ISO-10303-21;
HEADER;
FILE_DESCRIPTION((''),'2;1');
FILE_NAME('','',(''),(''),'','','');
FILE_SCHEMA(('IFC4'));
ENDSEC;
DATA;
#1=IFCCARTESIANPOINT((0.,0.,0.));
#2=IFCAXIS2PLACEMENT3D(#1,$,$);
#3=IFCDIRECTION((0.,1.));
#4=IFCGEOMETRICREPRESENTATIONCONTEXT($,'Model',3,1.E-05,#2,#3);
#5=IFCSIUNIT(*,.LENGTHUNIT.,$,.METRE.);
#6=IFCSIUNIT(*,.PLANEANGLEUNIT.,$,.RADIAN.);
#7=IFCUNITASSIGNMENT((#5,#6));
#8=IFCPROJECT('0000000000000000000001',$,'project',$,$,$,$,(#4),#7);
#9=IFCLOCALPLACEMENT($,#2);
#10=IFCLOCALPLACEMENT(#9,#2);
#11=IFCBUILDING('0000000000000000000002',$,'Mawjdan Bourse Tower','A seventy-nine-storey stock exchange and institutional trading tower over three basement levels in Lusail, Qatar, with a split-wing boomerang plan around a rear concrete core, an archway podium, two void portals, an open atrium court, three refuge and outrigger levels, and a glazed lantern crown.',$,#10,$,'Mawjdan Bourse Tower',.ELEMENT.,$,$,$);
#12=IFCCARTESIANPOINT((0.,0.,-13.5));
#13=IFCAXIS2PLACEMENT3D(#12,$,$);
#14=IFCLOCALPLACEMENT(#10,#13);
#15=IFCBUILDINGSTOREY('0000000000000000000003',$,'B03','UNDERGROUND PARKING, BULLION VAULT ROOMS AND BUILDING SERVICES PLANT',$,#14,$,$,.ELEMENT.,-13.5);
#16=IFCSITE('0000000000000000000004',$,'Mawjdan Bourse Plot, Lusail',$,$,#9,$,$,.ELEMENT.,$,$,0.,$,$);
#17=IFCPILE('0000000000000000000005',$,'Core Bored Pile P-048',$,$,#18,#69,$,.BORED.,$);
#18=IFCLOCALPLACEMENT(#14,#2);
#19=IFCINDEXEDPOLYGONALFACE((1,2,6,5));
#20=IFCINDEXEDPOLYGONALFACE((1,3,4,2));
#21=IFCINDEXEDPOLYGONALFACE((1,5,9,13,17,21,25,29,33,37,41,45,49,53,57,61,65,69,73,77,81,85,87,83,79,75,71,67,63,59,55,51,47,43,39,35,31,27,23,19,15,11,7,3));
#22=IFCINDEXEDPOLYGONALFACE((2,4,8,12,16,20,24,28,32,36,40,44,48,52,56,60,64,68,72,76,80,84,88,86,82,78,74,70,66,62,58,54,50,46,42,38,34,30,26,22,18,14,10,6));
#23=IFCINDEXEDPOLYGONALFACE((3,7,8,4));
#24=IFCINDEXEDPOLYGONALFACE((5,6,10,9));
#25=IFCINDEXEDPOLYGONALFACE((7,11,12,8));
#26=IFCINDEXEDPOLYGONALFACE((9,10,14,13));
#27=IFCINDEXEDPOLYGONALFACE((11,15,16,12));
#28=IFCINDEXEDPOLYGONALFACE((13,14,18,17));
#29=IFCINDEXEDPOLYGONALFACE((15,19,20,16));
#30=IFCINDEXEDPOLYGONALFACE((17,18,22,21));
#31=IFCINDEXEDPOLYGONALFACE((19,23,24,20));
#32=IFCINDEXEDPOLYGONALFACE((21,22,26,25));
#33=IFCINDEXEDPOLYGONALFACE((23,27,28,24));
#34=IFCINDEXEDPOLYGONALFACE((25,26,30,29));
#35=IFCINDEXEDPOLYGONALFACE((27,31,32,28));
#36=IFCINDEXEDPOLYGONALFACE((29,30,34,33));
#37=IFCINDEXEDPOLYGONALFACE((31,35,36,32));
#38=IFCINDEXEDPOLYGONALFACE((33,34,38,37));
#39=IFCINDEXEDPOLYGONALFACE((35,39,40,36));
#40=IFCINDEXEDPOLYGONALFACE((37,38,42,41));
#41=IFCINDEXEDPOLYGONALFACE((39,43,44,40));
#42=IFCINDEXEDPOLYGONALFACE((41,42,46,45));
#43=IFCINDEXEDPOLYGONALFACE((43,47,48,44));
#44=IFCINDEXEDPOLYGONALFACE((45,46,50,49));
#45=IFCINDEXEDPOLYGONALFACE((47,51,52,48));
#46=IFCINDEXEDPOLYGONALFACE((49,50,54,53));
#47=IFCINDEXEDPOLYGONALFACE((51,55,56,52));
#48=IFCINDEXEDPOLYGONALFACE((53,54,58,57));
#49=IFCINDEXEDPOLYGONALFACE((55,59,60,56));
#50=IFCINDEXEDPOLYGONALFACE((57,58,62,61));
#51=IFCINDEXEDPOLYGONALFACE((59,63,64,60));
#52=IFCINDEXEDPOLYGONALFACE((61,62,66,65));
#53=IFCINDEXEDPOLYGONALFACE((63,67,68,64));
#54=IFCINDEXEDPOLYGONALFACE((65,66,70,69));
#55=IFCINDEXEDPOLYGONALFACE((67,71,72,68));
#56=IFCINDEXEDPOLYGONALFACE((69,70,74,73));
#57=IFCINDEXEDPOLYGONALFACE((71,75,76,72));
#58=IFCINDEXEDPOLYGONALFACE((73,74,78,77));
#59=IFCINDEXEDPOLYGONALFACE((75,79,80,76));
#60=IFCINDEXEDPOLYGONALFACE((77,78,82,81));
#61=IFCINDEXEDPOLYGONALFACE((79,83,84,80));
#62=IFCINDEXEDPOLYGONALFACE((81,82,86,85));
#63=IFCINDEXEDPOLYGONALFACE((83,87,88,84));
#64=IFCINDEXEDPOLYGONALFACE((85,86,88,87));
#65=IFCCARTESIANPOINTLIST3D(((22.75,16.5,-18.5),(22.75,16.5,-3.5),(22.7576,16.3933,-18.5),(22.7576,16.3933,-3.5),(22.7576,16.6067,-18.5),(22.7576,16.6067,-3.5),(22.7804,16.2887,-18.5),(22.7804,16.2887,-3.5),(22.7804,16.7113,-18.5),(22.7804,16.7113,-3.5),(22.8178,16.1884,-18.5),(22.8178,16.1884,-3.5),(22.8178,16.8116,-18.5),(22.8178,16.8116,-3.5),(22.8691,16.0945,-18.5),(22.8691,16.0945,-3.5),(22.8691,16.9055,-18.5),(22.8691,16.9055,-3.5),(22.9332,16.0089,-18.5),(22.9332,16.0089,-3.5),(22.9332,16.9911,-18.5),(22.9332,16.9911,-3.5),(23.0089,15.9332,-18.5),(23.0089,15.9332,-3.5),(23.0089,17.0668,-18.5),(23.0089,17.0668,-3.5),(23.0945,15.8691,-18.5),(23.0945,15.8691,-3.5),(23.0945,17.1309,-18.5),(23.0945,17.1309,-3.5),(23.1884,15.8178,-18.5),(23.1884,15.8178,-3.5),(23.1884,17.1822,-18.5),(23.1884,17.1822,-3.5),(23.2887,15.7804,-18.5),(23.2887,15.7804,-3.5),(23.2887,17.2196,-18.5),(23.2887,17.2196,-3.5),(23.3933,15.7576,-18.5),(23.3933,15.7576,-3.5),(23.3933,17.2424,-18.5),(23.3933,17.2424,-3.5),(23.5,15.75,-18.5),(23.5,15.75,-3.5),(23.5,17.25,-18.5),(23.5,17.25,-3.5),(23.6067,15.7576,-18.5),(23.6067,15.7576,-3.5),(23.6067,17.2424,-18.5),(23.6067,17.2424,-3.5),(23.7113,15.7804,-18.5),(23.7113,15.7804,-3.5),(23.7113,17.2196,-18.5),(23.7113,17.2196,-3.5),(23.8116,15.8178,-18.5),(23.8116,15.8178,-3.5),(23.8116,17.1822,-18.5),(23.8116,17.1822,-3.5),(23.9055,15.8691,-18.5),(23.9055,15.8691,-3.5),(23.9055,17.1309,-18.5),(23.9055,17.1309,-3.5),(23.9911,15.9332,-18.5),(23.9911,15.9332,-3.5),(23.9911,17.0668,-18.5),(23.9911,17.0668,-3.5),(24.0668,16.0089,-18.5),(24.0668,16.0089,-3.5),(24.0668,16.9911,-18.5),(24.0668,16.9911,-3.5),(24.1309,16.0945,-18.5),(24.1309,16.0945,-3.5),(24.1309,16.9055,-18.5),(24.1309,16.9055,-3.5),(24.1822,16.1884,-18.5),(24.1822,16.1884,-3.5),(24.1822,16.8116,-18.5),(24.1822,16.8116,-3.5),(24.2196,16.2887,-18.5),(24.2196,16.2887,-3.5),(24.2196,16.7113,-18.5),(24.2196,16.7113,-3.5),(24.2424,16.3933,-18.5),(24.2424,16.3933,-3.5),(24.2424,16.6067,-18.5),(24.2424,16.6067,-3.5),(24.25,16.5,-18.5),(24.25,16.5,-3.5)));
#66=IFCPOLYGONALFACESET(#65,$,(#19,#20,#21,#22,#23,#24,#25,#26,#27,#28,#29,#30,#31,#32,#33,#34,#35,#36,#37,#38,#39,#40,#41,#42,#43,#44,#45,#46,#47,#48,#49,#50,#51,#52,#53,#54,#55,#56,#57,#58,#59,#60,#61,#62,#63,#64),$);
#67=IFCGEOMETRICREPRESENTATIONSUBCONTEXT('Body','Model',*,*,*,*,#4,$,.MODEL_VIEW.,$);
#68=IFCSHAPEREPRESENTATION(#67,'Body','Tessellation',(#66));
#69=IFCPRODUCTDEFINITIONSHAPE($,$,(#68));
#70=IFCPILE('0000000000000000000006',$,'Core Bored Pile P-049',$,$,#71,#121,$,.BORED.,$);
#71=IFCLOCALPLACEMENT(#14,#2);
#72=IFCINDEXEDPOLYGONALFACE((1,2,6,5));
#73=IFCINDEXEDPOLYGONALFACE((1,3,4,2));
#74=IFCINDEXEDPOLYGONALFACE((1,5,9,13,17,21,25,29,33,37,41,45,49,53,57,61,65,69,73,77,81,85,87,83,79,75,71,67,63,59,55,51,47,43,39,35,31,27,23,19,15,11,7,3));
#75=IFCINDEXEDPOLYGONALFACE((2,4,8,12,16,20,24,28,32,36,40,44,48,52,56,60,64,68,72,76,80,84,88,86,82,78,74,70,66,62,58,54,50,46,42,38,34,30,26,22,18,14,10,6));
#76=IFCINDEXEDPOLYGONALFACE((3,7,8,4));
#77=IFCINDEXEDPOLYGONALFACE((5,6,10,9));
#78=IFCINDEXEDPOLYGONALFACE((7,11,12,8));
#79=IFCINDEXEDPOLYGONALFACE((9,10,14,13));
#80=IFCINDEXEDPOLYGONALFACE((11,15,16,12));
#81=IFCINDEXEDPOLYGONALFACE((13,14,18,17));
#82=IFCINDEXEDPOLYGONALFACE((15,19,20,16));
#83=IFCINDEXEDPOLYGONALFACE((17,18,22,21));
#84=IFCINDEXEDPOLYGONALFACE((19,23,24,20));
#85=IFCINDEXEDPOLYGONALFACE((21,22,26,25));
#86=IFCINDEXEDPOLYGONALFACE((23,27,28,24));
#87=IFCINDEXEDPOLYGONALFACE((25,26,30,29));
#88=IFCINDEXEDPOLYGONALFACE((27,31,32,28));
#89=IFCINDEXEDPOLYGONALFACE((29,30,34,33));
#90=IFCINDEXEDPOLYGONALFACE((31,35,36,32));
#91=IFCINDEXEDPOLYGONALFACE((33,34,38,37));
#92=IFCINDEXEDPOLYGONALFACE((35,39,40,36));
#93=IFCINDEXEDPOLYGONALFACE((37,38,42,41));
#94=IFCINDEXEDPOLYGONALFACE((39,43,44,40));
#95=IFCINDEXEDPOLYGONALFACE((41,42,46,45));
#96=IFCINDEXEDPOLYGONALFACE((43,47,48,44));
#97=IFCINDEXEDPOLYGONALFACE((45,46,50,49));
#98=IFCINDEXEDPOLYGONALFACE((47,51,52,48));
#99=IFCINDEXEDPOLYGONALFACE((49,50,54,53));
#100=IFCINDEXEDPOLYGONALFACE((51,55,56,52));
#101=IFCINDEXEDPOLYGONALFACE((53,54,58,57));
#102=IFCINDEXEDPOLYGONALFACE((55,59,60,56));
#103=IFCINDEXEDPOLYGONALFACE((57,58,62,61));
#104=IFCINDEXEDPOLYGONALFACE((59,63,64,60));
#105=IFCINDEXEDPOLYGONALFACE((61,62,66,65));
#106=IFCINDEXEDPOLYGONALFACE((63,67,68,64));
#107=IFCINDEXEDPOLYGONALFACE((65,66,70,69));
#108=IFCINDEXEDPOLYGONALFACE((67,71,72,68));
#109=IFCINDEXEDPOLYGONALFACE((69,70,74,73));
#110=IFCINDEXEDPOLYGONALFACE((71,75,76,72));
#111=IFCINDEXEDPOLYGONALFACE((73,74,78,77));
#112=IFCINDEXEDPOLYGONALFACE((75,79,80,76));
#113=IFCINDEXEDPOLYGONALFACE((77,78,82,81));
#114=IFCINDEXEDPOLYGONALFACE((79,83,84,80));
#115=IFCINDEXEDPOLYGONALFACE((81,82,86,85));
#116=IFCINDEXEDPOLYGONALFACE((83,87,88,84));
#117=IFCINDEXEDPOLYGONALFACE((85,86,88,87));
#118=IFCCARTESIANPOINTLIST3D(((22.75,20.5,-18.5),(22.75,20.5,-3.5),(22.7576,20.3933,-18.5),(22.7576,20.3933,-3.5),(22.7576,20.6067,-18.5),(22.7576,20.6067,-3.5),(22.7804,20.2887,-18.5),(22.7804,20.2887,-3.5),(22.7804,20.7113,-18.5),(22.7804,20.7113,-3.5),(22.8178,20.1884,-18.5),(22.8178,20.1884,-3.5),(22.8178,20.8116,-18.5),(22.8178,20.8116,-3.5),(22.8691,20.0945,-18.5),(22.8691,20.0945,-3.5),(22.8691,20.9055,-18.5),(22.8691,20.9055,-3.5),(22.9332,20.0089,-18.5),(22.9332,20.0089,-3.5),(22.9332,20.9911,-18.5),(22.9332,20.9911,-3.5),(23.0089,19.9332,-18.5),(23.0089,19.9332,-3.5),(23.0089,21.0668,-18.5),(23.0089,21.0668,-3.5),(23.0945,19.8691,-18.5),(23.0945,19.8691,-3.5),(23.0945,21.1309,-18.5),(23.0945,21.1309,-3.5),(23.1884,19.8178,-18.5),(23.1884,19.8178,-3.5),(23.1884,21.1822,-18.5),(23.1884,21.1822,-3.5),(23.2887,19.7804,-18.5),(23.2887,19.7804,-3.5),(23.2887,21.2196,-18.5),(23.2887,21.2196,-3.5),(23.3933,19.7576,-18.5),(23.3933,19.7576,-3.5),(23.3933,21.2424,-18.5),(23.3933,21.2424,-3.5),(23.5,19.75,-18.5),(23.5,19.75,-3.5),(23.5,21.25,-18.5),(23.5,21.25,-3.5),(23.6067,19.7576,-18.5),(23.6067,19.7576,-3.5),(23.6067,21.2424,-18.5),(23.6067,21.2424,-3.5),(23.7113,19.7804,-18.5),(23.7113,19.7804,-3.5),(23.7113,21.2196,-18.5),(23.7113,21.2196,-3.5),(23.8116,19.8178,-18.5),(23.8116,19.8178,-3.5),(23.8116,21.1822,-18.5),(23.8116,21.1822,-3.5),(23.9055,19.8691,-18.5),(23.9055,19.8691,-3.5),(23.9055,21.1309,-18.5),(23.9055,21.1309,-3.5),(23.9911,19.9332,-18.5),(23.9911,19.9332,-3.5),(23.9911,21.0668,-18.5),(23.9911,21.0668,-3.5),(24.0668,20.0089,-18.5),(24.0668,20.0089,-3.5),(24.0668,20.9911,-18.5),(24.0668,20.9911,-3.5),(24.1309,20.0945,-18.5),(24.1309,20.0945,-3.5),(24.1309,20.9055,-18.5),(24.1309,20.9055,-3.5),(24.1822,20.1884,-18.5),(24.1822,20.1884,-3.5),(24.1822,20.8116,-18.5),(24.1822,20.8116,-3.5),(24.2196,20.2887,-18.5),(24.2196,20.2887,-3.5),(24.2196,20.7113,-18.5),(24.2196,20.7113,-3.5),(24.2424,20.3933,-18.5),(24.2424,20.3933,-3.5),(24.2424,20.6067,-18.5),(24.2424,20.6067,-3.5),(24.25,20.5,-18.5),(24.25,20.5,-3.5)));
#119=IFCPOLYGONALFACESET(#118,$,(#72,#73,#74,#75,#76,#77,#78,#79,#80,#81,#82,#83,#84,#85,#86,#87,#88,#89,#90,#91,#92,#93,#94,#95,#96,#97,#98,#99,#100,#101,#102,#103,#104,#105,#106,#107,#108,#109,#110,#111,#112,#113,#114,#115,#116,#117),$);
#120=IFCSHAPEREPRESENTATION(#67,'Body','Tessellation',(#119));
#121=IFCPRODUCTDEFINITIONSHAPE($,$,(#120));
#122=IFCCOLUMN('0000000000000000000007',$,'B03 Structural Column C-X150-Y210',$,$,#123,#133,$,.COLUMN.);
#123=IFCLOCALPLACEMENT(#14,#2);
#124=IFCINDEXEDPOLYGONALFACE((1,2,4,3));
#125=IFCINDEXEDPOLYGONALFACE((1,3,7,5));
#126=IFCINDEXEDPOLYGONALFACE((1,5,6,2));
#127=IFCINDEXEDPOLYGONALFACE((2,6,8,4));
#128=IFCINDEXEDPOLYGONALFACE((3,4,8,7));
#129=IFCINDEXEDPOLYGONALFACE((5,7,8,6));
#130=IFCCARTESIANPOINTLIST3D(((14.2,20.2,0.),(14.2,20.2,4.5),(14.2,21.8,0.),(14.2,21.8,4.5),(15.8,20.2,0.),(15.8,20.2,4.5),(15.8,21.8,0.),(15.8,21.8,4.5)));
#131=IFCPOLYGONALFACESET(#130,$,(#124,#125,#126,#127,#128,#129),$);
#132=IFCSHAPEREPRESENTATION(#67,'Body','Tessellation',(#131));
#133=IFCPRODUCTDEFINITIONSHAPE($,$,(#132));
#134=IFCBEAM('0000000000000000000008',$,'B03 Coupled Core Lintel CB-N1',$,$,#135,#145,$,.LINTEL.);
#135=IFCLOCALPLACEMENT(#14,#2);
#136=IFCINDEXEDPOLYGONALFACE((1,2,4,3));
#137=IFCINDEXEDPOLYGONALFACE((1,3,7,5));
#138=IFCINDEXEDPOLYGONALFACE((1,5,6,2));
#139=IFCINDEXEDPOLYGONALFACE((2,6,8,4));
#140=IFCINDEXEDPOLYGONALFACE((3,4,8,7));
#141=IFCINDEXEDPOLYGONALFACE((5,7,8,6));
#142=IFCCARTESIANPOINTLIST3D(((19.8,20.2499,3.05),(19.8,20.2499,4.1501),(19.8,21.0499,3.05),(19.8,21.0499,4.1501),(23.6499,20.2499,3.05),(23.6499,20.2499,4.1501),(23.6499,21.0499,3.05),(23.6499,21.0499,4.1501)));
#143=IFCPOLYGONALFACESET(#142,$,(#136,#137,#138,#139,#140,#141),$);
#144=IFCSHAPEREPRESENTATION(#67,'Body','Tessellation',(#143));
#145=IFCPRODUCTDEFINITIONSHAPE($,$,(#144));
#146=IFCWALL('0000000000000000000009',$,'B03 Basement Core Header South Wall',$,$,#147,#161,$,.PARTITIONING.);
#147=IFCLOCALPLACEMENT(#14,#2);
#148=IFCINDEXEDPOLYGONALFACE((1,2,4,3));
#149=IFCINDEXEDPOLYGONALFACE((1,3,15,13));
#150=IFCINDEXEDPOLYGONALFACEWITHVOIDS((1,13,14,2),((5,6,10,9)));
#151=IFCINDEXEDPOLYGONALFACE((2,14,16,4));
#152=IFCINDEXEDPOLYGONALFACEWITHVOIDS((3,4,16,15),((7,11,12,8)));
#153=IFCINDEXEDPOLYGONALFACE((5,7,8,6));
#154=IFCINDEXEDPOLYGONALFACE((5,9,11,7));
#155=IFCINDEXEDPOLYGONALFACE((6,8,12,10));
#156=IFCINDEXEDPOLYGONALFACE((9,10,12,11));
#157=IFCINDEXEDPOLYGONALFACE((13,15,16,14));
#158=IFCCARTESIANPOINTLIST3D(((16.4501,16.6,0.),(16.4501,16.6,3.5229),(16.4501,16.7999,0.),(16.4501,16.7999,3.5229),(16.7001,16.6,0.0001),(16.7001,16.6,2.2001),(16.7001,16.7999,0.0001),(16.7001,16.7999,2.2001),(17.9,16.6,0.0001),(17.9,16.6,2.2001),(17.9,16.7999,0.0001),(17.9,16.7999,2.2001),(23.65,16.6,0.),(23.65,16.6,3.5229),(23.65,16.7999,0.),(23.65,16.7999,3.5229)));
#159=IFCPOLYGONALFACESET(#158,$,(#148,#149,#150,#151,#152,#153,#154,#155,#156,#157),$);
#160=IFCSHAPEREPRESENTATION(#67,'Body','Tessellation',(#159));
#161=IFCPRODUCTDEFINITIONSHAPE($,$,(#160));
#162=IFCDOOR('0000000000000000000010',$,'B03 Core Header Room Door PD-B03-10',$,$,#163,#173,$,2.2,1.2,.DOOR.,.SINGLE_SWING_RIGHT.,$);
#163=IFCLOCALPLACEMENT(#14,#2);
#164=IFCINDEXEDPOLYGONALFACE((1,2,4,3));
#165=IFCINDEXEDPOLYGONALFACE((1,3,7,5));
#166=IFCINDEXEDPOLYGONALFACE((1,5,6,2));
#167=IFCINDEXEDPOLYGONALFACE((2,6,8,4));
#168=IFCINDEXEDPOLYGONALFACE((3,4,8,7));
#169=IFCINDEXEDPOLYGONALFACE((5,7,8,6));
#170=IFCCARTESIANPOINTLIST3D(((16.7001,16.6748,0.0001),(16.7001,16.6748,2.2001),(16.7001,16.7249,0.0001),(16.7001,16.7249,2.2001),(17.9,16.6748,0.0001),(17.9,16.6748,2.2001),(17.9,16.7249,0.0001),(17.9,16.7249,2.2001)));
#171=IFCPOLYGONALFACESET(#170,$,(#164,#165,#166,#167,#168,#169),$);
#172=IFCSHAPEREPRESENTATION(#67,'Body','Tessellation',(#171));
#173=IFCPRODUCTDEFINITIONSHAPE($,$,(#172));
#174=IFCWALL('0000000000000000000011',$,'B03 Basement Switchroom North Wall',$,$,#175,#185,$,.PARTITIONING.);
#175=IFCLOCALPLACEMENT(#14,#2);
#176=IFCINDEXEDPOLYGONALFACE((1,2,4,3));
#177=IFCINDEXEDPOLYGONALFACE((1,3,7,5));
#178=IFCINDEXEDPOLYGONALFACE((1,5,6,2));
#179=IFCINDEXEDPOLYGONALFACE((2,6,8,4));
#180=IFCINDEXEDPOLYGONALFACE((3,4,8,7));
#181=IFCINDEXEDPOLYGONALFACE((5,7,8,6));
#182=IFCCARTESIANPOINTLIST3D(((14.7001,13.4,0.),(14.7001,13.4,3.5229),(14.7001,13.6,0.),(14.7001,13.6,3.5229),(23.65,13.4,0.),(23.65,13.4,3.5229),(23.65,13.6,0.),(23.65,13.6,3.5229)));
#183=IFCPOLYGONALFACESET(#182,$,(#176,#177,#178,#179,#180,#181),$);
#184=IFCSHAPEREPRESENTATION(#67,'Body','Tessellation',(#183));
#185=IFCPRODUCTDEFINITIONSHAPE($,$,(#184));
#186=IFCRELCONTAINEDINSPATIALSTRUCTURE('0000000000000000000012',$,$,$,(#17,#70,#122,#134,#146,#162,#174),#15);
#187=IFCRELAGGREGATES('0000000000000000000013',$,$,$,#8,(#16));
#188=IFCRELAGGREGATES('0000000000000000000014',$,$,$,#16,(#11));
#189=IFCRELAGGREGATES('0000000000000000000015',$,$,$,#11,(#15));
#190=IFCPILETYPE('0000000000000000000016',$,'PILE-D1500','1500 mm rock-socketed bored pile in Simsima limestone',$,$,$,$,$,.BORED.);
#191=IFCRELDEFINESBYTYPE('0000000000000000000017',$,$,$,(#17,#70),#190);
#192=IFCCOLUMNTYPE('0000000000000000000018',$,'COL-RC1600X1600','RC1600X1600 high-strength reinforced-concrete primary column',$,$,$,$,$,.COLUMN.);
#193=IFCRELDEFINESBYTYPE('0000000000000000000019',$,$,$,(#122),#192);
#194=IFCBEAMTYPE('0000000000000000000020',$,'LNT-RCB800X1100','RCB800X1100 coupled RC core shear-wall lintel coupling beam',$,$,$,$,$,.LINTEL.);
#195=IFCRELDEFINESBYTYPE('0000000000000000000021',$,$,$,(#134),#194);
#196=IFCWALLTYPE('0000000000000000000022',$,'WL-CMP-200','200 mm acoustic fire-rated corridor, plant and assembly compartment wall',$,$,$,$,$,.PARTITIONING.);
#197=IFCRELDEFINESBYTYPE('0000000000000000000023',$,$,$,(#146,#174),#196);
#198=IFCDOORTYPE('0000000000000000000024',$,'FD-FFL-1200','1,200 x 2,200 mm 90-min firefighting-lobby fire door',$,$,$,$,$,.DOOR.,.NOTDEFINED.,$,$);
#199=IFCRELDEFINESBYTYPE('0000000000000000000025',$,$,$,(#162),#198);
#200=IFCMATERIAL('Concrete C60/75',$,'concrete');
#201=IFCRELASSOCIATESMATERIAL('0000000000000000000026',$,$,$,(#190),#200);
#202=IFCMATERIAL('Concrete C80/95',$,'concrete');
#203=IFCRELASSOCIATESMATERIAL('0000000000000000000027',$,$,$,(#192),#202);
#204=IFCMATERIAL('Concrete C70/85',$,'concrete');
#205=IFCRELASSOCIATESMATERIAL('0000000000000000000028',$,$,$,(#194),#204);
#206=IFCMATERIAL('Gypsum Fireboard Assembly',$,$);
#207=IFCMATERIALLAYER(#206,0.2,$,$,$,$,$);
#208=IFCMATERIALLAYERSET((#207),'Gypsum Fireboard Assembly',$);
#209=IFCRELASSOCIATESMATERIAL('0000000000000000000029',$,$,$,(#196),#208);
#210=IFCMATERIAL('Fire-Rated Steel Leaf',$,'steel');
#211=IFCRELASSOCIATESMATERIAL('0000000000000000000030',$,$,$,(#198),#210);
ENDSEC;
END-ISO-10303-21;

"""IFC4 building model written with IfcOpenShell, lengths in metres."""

from ifc_helpers import new_model, si_unit, direction, frame, frame_2d, origin, origin_2d, place, context, subcontext, project, spatial, rectangle, circle, extrude, material, layer, layer_set, material_profile, profile_set, type_object, element, fill, save


model = new_model("IFC4")

# Units and contexts
model_context = context("Model", 3, precision=1e-05, world=origin(), true_north=direction((0.0, 1.0)))
body_context = subcontext(model_context, "Body", "Model", "MODEL_VIEW")
ifc_project = project(units=[si_unit("LENGTHUNIT", "METRE"), si_unit("PLANEANGLEUNIT", "RADIAN")], contexts=[model_context])

# Site, building, storey
site_placement = place(None, origin())
site = spatial("IfcSite", under=ifc_project, at=site_placement, Name="Mawjdan Bourse Plot, Lusail", CompositionType="ELEMENT", RefElevation=0.0)
building_placement = place(site_placement, origin())
building = spatial("IfcBuilding", under=site, at=building_placement, Name="Mawjdan Bourse Tower", Description="A seventy-nine-storey stock exchange and institutional trading tower over three basement levels in Lusail, Qatar, with a split-wing boomerang plan around a rear concrete core, an archway podium, two void portals, an open atrium court, three refuge and outrigger levels, and a glazed lantern crown.", LongName="Mawjdan Bourse Tower", CompositionType="ELEMENT")
storey_placement = place(building_placement, frame((0.0, 0.0, -13.5)))
storey = spatial("IfcBuildingStorey", under=building, at=storey_placement, Name="B03", Description="UNDERGROUND PARKING, BULLION VAULT ROOMS AND BUILDING SERVICES PLANT", CompositionType="ELEMENT", Elevation=-13.5)

# Piles
ifc_material_1 = material(Name="Concrete C60/75", Category="concrete")
ifc_material_profile_1 = material_profile(ifc_material_1, circle(Radius=0.75, at=origin_2d()), Name="PILE-D1500")
ifc_profile_set_1 = profile_set([ifc_material_profile_1], Name="Concrete C60/75")
pile_type = type_object("IfcPileType", Name="PILE-D1500", Description="1500 mm rock-socketed bored pile in Simsima limestone", PredefinedType="BORED", material=ifc_profile_set_1)
for number, where, z_axis, x_axis, name in (
    (1, (23.5, 16.5, -3.5), (0.0, 0.0, -1.0), (1.0, 0.0, 0.0), "Core Bored Pile P-048"),
    (2, (23.5, 20.5, -3.5), (0.0, 0.0, -1.0), (1.0, 0.0, 0.0), "Core Bored Pile P-049"),
):
    element("IfcPile", number, at=place(storey_placement, frame(where, z_axis=z_axis, x_axis=x_axis)), inside=storey, type_object=pile_type, Name=name, PredefinedType="BORED", context=body_context, shape_type="SweptSolid", body=[
        extrude(circle(Radius=0.75, at=origin_2d()), origin(), (0.0, 0.0, 1.0), 15.0),
    ])

# Column
ifc_material_2 = material(Name="Concrete C80/95", Category="concrete")
ifc_material_profile_2 = material_profile(ifc_material_2, rectangle(XDim=1.6001, YDim=1.6001, at=origin_2d()), Name="RC1600X1600")
ifc_profile_set_2 = profile_set([ifc_material_profile_2], Name="Concrete C80/95")
column_type = type_object("IfcColumnType", Name="COL-RC1600X1600", Description="RC1600X1600 high-strength reinforced-concrete primary column", PredefinedType="COLUMN", material=ifc_profile_set_2)
column_placement = place(storey_placement, frame((15.0, 21.0, 0.0), z_axis=(0.0, 0.0, 1.0), x_axis=(1.0, 0.0, 0.0)))
element("IfcColumn", 3, at=column_placement, inside=storey, type_object=column_type, Name="B03 Structural Column C-X150-Y210", PredefinedType="COLUMN", context=body_context, shape_type="SweptSolid", body=[
    extrude(rectangle(XDim=1.6001, YDim=1.6001, at=origin_2d()), origin(), (0.0, 0.0, 1.0), 4.5),
])

# Beam
ifc_material_3 = material(Name="Concrete C70/85", Category="concrete")
ifc_material_profile_3 = material_profile(ifc_material_3, rectangle(XDim=0.8, YDim=1.1001, at=origin_2d()), Name="RCB800X1100")
ifc_profile_set_3 = profile_set([ifc_material_profile_3], Name="Concrete C70/85")
beam_type = type_object("IfcBeamType", Name="LNT-RCB800X1100", Description="RCB800X1100 coupled RC core shear-wall lintel coupling beam", PredefinedType="LINTEL", material=ifc_profile_set_3)
beam_placement = place(storey_placement, frame((19.8, 20.6499, 3.6001), z_axis=(1.0, 0.0, 0.0), x_axis=(0.0, 1.0, 0.0)))
element("IfcBeam", 4, at=beam_placement, inside=storey, type_object=beam_type, Name="B03 Coupled Core Lintel CB-N1", PredefinedType="LINTEL", context=body_context, shape_type="SweptSolid", body=[
    extrude(rectangle(XDim=0.8, YDim=1.1001, at=origin_2d()), origin(), (0.0, 0.0, 1.0), 3.8499),
])

# Wall, opening, door
ifc_material_4 = material(Name="Gypsum Fireboard Assembly")
ifc_layer_1 = layer(ifc_material_4, 0.2)
ifc_layer_set_1 = layer_set([ifc_layer_1], Name="Gypsum Fireboard Assembly")
wall_type_1 = type_object("IfcWallType", Name="WL-CMP-200", Description="200 mm acoustic fire-rated corridor, plant and assembly compartment wall", PredefinedType="PARTITIONING", material=ifc_layer_set_1)
wall_1_placement = place(storey_placement, frame((16.45, 16.7, 0.0), z_axis=(0.0, 0.0, 1.0), x_axis=(1.0, 0.0, 0.0)))
wall_1 = element("IfcWall", 5, at=wall_1_placement, inside=storey, type_object=wall_type_1, Name="B03 Basement Core Header South Wall", PredefinedType="PARTITIONING", context=body_context, shape_type="SweptSolid", body=[
    extrude(rectangle(XDim=7.2, YDim=0.2, at=frame_2d((3.6001, 0.0))), origin(), (0.0, 0.0, 1.0), 3.5229),
])
opening_1_placement = place(wall_1_placement, frame((0.25, 0.0, 0.0)))
opening_1 = element("IfcOpeningElement", 6, at=opening_1_placement, cuts=wall_1, PredefinedType="OPENING", context=body_context, shape_type="SweptSolid", body=[
    extrude(rectangle(XDim=1.2, YDim=2.2, at=frame_2d((0.6001, 1.1001))), frame((0.0, 0.1099, 0.0), z_axis=(0.0, -1.0, 0.0), x_axis=(1.0, 0.0, 0.0)), (0.0, 0.0, 1.0), 0.22),
])
ifc_material_5 = material(Name="Fire-Rated Steel Leaf", Category="steel")
door_type_1 = type_object("IfcDoorType", Name="FD-FFL-1200", Description="1,200 x 2,200 mm 90-min firefighting-lobby fire door", OperationType="NOTDEFINED", PredefinedType="DOOR", material=ifc_material_5)
door_1_placement = place(opening_1_placement, origin())
door_1 = element("IfcDoor", 7, at=door_1_placement, inside=storey, type_object=door_type_1, Name="B03 Core Header Room Door PD-B03-10", OperationType="SINGLE_SWING_RIGHT", OverallHeight=2.2, OverallWidth=1.2, PredefinedType="DOOR", context=body_context, shape_type="SweptSolid", body=[
    extrude(rectangle(XDim=1.2, YDim=2.2, at=frame_2d((0.6001, 1.1001))), frame((0.0, 0.0249, 0.0), z_axis=(0.0, -1.0, 0.0), x_axis=(1.0, 0.0, 0.0)), (0.0, 0.0, 1.0), 0.05),
])
fill(opening_1, door_1)

# Wall
wall_2_placement = place(storey_placement, frame((14.7, 13.5, 0.0), z_axis=(0.0, 0.0, 1.0), x_axis=(1.0, 0.0, 0.0)))
element("IfcWall", 8, at=wall_2_placement, inside=storey, type_object=wall_type_1, Name="B03 Basement Switchroom North Wall", PredefinedType="PARTITIONING", context=body_context, shape_type="SweptSolid", body=[
    extrude(rectangle(XDim=8.95, YDim=0.2, at=frame_2d((4.4751, 0.0))), origin(), (0.0, 0.0, 1.0), 3.5229),
])

save(model, "model.ifc")
